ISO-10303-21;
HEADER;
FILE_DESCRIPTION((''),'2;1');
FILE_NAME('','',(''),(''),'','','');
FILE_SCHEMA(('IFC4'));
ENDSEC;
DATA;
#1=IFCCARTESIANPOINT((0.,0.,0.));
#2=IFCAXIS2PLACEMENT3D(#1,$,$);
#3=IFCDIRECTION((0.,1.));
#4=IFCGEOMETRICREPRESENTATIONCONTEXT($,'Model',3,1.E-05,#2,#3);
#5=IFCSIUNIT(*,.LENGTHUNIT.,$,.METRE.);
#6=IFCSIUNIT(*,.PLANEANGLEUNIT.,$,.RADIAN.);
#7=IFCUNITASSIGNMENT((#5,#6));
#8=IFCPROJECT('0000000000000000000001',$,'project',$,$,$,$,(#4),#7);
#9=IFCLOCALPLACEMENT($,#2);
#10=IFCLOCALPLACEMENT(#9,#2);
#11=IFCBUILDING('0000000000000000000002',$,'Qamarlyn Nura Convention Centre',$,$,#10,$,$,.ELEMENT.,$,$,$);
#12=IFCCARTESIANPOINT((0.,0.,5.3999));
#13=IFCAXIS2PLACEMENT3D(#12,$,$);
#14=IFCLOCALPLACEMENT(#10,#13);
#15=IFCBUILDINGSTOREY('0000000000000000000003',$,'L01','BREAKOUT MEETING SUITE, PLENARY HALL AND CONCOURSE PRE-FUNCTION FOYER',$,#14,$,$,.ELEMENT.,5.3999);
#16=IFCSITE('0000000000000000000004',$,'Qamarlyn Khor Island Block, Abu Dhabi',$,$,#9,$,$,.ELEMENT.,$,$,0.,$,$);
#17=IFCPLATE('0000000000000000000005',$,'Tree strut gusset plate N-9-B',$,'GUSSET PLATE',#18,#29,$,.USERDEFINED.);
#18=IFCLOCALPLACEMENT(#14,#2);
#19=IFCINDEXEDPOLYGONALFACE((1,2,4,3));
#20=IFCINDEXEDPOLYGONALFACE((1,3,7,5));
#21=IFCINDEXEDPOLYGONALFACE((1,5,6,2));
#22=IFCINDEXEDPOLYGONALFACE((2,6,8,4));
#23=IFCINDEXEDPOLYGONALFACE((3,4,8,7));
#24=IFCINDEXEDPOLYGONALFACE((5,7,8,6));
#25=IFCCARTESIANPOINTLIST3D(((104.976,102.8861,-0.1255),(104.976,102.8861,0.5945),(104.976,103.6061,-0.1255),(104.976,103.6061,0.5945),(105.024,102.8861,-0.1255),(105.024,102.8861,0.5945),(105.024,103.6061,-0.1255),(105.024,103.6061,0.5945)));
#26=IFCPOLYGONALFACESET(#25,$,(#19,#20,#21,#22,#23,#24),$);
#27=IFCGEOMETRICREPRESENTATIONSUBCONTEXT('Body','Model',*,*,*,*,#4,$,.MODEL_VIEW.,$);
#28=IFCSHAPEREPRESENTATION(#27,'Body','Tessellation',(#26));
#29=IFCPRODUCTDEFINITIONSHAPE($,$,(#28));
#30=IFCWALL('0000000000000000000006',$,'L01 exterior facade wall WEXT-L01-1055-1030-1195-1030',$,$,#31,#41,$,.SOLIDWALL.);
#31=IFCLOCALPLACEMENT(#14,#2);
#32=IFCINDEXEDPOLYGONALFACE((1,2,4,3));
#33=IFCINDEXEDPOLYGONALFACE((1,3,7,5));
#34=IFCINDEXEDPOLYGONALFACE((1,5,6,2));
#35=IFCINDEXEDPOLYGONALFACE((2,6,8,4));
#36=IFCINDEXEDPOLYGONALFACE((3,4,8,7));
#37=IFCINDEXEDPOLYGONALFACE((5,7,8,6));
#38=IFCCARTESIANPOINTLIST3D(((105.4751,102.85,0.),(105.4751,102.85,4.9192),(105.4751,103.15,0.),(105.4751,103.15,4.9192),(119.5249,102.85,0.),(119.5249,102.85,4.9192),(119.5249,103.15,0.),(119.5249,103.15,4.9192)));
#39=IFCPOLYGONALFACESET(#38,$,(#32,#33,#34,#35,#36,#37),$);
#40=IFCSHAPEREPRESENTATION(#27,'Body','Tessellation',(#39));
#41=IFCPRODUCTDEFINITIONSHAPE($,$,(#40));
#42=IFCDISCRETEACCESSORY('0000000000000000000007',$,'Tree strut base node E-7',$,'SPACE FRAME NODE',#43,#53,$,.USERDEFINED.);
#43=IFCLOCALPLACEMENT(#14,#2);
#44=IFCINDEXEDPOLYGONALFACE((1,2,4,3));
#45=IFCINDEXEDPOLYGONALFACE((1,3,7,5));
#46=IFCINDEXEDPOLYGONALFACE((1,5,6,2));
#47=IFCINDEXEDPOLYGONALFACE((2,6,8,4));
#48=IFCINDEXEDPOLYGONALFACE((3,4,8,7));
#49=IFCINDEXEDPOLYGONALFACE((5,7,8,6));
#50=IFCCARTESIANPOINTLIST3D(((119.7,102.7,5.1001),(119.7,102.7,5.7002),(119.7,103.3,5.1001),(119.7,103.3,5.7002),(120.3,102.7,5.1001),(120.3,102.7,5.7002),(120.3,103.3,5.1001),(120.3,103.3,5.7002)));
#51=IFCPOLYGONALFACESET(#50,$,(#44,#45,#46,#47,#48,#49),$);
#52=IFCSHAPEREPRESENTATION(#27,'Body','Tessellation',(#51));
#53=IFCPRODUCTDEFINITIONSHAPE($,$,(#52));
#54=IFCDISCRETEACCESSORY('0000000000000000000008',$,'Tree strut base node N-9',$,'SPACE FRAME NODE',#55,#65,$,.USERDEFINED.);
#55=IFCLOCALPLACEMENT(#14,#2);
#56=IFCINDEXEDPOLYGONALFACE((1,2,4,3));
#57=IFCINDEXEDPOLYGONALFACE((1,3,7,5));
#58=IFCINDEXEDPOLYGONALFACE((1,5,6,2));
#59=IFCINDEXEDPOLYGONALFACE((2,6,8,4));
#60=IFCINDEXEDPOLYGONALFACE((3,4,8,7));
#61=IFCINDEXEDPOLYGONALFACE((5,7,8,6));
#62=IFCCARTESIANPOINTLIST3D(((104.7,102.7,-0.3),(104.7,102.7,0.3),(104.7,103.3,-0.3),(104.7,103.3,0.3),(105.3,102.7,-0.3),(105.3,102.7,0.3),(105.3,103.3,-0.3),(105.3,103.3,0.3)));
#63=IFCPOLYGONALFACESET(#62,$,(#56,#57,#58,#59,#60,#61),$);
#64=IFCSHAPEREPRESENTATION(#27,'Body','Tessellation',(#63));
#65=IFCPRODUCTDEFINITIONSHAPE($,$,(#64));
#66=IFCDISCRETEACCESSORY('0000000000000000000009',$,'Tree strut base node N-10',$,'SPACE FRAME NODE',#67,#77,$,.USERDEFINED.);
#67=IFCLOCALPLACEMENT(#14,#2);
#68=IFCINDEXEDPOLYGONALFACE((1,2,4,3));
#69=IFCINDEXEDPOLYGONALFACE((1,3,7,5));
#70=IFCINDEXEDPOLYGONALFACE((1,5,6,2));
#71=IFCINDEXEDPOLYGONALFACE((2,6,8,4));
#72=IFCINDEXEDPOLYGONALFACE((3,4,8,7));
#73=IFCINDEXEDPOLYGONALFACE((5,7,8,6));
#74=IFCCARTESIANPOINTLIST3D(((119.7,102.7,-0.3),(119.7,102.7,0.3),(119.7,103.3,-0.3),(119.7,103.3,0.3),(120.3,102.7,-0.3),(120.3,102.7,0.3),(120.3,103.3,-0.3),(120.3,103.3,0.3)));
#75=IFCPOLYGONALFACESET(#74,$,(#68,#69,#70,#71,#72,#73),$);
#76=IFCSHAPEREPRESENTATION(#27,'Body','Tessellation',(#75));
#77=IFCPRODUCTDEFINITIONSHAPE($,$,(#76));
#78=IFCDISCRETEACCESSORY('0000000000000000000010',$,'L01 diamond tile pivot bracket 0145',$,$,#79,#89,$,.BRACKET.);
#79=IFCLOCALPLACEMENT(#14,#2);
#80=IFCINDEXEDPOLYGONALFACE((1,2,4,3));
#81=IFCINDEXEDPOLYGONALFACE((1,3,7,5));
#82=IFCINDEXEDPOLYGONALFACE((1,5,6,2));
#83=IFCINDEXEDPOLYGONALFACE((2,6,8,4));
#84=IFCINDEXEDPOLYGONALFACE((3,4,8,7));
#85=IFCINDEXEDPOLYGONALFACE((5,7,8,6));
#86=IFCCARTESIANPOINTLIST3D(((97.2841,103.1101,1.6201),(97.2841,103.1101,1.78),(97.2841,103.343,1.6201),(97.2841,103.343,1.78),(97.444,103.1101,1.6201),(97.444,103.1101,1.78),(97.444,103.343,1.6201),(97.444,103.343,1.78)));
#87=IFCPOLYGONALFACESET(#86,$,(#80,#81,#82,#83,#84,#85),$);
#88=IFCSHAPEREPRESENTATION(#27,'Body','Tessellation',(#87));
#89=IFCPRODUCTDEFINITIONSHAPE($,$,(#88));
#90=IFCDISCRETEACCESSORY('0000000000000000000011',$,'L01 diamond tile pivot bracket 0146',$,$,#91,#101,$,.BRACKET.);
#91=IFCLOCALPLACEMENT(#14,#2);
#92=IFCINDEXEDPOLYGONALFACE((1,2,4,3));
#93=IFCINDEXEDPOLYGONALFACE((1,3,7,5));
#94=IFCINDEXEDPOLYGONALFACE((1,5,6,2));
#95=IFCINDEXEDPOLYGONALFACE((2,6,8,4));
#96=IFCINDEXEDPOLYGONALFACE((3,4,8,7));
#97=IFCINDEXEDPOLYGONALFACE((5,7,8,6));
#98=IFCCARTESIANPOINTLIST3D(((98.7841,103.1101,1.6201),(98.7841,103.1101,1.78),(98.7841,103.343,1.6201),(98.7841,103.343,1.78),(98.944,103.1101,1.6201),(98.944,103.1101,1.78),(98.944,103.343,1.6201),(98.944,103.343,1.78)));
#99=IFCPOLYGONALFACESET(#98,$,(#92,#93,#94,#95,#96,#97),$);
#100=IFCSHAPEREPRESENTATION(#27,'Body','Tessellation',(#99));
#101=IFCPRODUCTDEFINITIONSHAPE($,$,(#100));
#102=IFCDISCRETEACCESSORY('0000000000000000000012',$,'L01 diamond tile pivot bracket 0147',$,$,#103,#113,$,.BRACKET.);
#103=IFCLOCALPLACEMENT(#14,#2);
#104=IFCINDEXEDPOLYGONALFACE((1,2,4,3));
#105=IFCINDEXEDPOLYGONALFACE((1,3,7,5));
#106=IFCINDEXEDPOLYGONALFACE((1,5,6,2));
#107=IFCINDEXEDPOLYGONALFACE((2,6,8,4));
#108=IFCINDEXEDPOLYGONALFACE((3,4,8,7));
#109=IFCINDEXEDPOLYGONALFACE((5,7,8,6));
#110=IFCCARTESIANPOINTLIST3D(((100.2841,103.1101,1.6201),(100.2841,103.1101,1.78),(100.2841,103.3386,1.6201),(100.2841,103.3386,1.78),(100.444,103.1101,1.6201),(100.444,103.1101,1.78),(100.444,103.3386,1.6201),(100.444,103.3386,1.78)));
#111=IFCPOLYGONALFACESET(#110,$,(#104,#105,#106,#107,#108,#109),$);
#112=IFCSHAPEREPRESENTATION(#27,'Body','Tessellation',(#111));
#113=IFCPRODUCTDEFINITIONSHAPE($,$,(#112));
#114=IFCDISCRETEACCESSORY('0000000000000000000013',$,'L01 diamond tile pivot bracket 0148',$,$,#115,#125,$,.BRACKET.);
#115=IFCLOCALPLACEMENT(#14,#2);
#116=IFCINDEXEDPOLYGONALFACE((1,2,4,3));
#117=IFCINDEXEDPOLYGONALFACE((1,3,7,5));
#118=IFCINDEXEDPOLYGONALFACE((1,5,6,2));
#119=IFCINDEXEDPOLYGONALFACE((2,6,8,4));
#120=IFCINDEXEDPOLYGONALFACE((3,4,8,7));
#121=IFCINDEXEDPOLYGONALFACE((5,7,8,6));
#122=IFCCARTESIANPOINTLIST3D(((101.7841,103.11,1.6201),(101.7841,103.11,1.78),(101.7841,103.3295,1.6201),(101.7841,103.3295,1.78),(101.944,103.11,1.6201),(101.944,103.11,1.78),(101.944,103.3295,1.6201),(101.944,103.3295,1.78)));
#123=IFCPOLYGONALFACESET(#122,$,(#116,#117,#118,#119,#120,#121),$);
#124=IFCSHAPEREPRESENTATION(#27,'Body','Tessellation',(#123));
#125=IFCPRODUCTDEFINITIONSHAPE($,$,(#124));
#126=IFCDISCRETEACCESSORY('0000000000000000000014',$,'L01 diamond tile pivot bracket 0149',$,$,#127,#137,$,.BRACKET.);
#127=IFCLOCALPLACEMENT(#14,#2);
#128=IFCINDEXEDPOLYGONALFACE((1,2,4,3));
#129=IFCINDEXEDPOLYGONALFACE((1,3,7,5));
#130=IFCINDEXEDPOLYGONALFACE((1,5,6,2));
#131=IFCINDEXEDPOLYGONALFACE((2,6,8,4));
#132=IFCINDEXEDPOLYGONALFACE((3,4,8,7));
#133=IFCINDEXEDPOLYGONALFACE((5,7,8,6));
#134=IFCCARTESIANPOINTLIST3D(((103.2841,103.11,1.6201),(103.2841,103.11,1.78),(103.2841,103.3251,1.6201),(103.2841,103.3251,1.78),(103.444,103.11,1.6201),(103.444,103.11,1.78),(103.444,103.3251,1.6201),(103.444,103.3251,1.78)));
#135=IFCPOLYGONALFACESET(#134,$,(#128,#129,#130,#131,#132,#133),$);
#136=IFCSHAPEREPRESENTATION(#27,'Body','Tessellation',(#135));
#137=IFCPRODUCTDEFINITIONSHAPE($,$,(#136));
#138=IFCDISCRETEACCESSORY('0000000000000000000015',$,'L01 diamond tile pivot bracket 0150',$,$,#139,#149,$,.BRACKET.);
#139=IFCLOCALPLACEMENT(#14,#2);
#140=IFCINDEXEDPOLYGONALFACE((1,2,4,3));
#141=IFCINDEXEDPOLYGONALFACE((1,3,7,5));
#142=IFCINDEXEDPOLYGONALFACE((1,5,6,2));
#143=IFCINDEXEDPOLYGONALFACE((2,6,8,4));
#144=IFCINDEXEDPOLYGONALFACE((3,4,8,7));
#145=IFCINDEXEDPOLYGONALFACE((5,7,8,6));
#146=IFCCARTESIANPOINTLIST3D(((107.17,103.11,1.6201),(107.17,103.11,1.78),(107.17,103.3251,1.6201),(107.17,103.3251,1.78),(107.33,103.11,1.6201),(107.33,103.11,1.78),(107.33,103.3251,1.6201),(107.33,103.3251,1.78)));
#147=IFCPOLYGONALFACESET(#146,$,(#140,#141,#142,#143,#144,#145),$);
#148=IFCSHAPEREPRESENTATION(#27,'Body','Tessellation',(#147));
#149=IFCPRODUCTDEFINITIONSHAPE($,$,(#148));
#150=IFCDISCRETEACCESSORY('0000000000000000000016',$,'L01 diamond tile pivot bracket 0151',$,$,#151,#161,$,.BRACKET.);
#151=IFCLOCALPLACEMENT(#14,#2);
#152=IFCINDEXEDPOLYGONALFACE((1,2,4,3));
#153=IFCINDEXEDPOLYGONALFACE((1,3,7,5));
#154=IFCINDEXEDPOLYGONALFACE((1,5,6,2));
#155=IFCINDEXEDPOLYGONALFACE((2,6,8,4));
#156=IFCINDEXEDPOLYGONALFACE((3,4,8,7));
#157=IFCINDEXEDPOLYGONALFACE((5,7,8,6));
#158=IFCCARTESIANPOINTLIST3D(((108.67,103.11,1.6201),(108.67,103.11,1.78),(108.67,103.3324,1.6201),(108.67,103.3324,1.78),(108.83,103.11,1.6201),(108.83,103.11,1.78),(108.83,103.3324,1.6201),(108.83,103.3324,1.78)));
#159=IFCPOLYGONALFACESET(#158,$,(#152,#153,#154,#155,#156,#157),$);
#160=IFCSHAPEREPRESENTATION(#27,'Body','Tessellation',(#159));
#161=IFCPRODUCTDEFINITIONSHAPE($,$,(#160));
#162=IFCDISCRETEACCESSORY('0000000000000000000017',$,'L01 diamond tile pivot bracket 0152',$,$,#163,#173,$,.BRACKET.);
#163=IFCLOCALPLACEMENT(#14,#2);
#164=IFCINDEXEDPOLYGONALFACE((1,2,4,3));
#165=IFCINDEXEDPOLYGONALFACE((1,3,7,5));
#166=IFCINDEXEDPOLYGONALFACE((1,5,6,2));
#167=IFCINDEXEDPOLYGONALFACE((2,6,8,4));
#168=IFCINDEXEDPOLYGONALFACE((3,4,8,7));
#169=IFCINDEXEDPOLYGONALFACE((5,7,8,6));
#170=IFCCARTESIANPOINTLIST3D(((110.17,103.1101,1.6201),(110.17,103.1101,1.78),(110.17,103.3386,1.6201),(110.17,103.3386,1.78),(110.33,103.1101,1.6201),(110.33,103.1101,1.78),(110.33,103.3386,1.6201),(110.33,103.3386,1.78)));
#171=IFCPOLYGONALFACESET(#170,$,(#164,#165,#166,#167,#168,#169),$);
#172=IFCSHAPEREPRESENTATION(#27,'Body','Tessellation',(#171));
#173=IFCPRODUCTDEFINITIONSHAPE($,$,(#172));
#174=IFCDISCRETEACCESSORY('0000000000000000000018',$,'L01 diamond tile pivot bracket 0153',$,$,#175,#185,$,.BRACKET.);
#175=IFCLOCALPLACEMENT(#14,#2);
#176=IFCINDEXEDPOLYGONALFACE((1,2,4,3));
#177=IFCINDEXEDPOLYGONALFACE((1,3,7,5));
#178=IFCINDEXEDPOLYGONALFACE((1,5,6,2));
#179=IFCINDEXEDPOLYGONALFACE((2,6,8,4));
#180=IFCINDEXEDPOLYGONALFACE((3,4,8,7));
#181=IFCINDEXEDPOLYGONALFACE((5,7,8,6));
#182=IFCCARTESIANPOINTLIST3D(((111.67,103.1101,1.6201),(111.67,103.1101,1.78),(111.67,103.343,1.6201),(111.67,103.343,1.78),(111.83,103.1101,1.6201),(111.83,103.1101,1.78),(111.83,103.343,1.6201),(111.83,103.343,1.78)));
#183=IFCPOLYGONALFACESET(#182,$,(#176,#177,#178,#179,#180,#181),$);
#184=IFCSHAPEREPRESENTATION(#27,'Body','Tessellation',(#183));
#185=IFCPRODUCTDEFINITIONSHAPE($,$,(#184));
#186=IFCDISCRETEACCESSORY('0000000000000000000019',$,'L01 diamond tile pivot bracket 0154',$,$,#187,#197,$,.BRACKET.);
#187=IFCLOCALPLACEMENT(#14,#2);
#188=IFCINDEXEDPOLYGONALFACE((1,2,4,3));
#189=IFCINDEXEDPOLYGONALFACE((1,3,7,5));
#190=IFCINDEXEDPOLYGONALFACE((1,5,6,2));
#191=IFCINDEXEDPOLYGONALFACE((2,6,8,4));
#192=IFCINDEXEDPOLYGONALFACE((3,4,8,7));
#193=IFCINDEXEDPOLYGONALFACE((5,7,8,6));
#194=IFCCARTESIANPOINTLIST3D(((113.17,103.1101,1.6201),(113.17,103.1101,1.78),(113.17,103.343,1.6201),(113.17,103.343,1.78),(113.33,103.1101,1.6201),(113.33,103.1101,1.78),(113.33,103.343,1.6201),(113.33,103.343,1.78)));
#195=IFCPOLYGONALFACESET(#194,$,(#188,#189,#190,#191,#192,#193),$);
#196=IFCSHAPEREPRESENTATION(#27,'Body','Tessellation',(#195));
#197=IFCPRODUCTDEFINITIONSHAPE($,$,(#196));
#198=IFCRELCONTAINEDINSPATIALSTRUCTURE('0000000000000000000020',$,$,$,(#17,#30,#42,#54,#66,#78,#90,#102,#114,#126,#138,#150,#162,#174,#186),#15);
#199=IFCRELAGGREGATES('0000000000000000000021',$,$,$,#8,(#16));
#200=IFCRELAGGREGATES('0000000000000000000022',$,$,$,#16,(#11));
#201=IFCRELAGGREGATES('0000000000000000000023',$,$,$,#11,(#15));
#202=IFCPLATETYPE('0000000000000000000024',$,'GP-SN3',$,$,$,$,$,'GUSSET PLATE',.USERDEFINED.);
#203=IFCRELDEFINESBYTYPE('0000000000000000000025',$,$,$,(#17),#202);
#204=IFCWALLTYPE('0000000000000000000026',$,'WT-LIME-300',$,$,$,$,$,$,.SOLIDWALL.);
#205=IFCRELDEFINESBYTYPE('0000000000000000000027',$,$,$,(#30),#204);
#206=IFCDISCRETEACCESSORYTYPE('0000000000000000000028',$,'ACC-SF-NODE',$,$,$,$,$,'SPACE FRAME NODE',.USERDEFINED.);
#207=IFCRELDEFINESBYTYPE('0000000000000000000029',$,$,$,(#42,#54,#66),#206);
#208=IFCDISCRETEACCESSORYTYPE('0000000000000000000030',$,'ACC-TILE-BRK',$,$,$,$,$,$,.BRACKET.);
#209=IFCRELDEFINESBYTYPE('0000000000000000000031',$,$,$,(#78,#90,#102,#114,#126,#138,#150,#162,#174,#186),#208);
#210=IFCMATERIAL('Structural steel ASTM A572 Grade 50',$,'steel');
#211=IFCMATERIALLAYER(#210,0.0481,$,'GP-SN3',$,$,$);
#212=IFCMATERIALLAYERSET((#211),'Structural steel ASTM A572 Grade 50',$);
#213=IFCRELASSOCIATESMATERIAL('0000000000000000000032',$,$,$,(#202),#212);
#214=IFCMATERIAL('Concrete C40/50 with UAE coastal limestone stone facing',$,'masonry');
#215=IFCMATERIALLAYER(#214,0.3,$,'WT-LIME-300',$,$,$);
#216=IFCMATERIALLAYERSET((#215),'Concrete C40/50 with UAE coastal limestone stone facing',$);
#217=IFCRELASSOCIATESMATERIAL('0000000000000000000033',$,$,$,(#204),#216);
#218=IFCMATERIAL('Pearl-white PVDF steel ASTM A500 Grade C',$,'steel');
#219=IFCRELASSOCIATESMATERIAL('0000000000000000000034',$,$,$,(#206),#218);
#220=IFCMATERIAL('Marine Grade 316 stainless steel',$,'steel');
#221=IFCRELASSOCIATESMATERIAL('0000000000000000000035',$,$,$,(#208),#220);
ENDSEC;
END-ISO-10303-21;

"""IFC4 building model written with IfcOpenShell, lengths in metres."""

from ifc_helpers import new_model, si_unit, direction, frame, frame_2d, origin, origin_2d, place, context, subcontext, project, spatial, rectangle, extrude, material, layer, layer_set, type_object, element, save


model = new_model("IFC4")

# Units and contexts
model_context = context("Model", 3, precision=1e-05, world=origin(), true_north=direction((0.0, 1.0)))
body_context = subcontext(model_context, "Body", "Model", "MODEL_VIEW")
ifc_project = project(units=[si_unit("LENGTHUNIT", "METRE"), si_unit("PLANEANGLEUNIT", "RADIAN")], contexts=[model_context])

# Site, building, storey
site_placement = place(None, origin())
site = spatial("IfcSite", under=ifc_project, at=site_placement, Name="Qamarlyn Khor Island Block, Abu Dhabi", CompositionType="ELEMENT", RefElevation=0.0)
building_placement = place(site_placement, origin())
building = spatial("IfcBuilding", under=site, at=building_placement, Name="Qamarlyn Nura Convention Centre", CompositionType="ELEMENT")
storey_placement = place(building_placement, frame((0.0, 0.0, 5.3999)))
storey = spatial("IfcBuildingStorey", under=building, at=storey_placement, Name="L01", Description="BREAKOUT MEETING SUITE, PLENARY HALL AND CONCOURSE PRE-FUNCTION FOYER", CompositionType="ELEMENT", Elevation=5.3999)

# Shared definitions
ifc_material_1 = material(Name="Pearl-white PVDF steel ASTM A500 Grade C", Category="steel")

# Plate
ifc_material_2 = material(Name="Structural steel ASTM A572 Grade 50", Category="steel")
ifc_layer_1 = layer(ifc_material_2, 0.0481, Name="GP-SN3")
ifc_layer_set_1 = layer_set([ifc_layer_1], Name="Structural steel ASTM A572 Grade 50")
plate_type_1 = type_object("IfcPlateType", Name="GP-SN3", ElementType="GUSSET PLATE", PredefinedType="USERDEFINED", material=ifc_layer_set_1)
plate_1_placement = place(storey_placement, frame((105.0, 103.2461, -0.1255), z_axis=(0.0, 0.0, 1.0), x_axis=(0.0, 1.0, 0.0)))
element("IfcPlate", 1, at=plate_1_placement, inside=storey, type_object=plate_type_1, Name="Tree strut gusset plate N-9-B", ObjectType="GUSSET PLATE", PredefinedType="USERDEFINED", context=body_context, shape_type="SweptSolid", body=[
    extrude(rectangle(XDim=0.72, YDim=0.0481, at=origin_2d()), origin(), (0.0, 0.0, 1.0), 0.72),
])

# Wall
ifc_material_3 = material(Name="Concrete C40/50 with UAE coastal limestone stone facing", Category="masonry")
ifc_layer_2 = layer(ifc_material_3, 0.3, Name="WT-LIME-300")
ifc_layer_set_2 = layer_set([ifc_layer_2], Name="Concrete C40/50 with UAE coastal limestone stone facing")
wall_type = type_object("IfcWallType", Name="WT-LIME-300", PredefinedType="SOLIDWALL", material=ifc_layer_set_2)
wall_placement = place(storey_placement, frame((105.4751, 103.0, 0.0), z_axis=(0.0, 0.0, 1.0), x_axis=(1.0, 0.0, 0.0)))
element("IfcWall", 2, at=wall_placement, inside=storey, type_object=wall_type, Name="L01 exterior facade wall WEXT-L01-1055-1030-1195-1030", PredefinedType="SOLIDWALL", context=body_context, shape_type="SweptSolid", body=[
    extrude(rectangle(XDim=14.0498, YDim=0.3, at=frame_2d((7.0249, 0.0))), origin(), (0.0, 0.0, 1.0), 4.9192),
])

# Discrete accessories
discrete_accessory_type_1 = type_object("IfcDiscreteAccessoryType", Name="ACC-SF-NODE", ElementType="SPACE FRAME NODE", PredefinedType="USERDEFINED", material=ifc_material_1)
for number, where, z_axis, x_axis, name in (
    (3, (120.0, 103.0, 5.1001), (0.0, 0.0, 1.0), (1.0, 0.0, 0.0), "Tree strut base node E-7"),
    (4, (105.0, 103.0, -0.3), (0.0, 0.0, 1.0), (1.0, 0.0, 0.0), "Tree strut base node N-9"),
    (5, (120.0, 103.0, -0.3), (0.0, 0.0, 1.0), (1.0, 0.0, 0.0), "Tree strut base node N-10"),
):
    element("IfcDiscreteAccessory", number, at=place(storey_placement, frame(where, z_axis=z_axis, x_axis=x_axis)), inside=storey, type_object=discrete_accessory_type_1, Name=name, ObjectType="SPACE FRAME NODE", PredefinedType="USERDEFINED", context=body_context, shape_type="SweptSolid", body=[
        extrude(rectangle(XDim=0.6001, YDim=0.6001, at=origin_2d()), origin(), (0.0, 0.0, 1.0), 0.6001),
    ])
ifc_material_4 = material(Name="Marine Grade 316 stainless steel", Category="steel")
discrete_accessory_type_2 = type_object("IfcDiscreteAccessoryType", Name="ACC-TILE-BRK", PredefinedType="BRACKET", material=ifc_material_4)
for number, where, z_axis, x_axis, name in (
    (6, (97.364, 103.2266, 1.6201), (0.0, 0.0, 1.0), (0.0, 1.0, 0.0), "L01 diamond tile pivot bracket 0145"),
    (7, (98.864, 103.2266, 1.6201), (0.0, 0.0, 1.0), (0.0, 1.0, 0.0), "L01 diamond tile pivot bracket 0146"),
):
    element("IfcDiscreteAccessory", number, at=place(storey_placement, frame(where, z_axis=z_axis, x_axis=x_axis)), inside=storey, type_object=discrete_accessory_type_2, Name=name, PredefinedType="BRACKET", context=body_context, shape_type="SweptSolid", body=[
        extrude(rectangle(XDim=0.2329, YDim=0.1599, at=origin_2d()), origin(), (0.0, 0.0, 1.0), 0.1599),
    ])
discrete_accessory_1_placement = place(storey_placement, frame((100.364, 103.2244, 1.6201), z_axis=(0.0, 0.0, 1.0), x_axis=(0.0, 1.0, 0.0)))
element("IfcDiscreteAccessory", 8, at=discrete_accessory_1_placement, inside=storey, type_object=discrete_accessory_type_2, Name="L01 diamond tile pivot bracket 0147", PredefinedType="BRACKET", context=body_context, shape_type="SweptSolid", body=[
    extrude(rectangle(XDim=0.2285, YDim=0.1599, at=origin_2d()), origin(), (0.0, 0.0, 1.0), 0.1599),
])
discrete_accessory_2_placement = place(storey_placement, frame((101.864, 103.2197, 1.6201), z_axis=(0.0, 0.0, 1.0), x_axis=(0.0, 1.0, 0.0)))
element("IfcDiscreteAccessory", 9, at=discrete_accessory_2_placement, inside=storey, type_object=discrete_accessory_type_2, Name="L01 diamond tile pivot bracket 0148", PredefinedType="BRACKET", context=body_context, shape_type="SweptSolid", body=[
    extrude(rectangle(XDim=0.2195, YDim=0.1599, at=origin_2d()), origin(), (0.0, 0.0, 1.0), 0.1599),
])
for number, where, z_axis, x_axis, name in (
    (10, (103.364, 103.2175, 1.6201), (0.0, 0.0, 1.0), (0.0, 1.0, 0.0), "L01 diamond tile pivot bracket 0149"),
    (11, (107.25, 103.2175, 1.6201), (0.0, 0.0, 1.0), (0.0, 1.0, 0.0), "L01 diamond tile pivot bracket 0150"),
):
    element("IfcDiscreteAccessory", number, at=place(storey_placement, frame(where, z_axis=z_axis, x_axis=x_axis)), inside=storey, type_object=discrete_accessory_type_2, Name=name, PredefinedType="BRACKET", context=body_context, shape_type="SweptSolid", body=[
        extrude(rectangle(XDim=0.2151, YDim=0.1599, at=origin_2d()), origin(), (0.0, 0.0, 1.0), 0.1599),
    ])
discrete_accessory_3_placement = place(storey_placement, frame((108.75, 103.2212, 1.6201), z_axis=(0.0, 0.0, 1.0), x_axis=(0.0, 1.0, 0.0)))
element("IfcDiscreteAccessory", 12, at=discrete_accessory_3_placement, inside=storey, type_object=discrete_accessory_type_2, Name="L01 diamond tile pivot bracket 0151", PredefinedType="BRACKET", context=body_context, shape_type="SweptSolid", body=[
    extrude(rectangle(XDim=0.2224, YDim=0.1599, at=origin_2d()), origin(), (0.0, 0.0, 1.0), 0.1599),
])
discrete_accessory_4_placement = place(storey_placement, frame((110.25, 103.2244, 1.6201), z_axis=(0.0, 0.0, 1.0), x_axis=(0.0, 1.0, 0.0)))
element("IfcDiscreteAccessory", 13, at=discrete_accessory_4_placement, inside=storey, type_object=discrete_accessory_type_2, Name="L01 diamond tile pivot bracket 0152", PredefinedType="BRACKET", context=body_context, shape_type="SweptSolid", body=[
    extrude(rectangle(XDim=0.2285, YDim=0.1599, at=origin_2d()), origin(), (0.0, 0.0, 1.0), 0.1599),
])
for number, where, z_axis, x_axis, name in (
    (14, (111.75, 103.2266, 1.6201), (0.0, 0.0, 1.0), (0.0, 1.0, 0.0), "L01 diamond tile pivot bracket 0153"),
    (15, (113.25, 103.2266, 1.6201), (0.0, 0.0, 1.0), (0.0, 1.0, 0.0), "L01 diamond tile pivot bracket 0154"),
):
    element("IfcDiscreteAccessory", number, at=place(storey_placement, frame(where, z_axis=z_axis, x_axis=x_axis)), inside=storey, type_object=discrete_accessory_type_2, Name=name, PredefinedType="BRACKET", context=body_context, shape_type="SweptSolid", body=[
        extrude(rectangle(XDim=0.2329, YDim=0.1599, at=origin_2d()), origin(), (0.0, 0.0, 1.0), 0.1599),
    ])

save(model, "model.ifc")
